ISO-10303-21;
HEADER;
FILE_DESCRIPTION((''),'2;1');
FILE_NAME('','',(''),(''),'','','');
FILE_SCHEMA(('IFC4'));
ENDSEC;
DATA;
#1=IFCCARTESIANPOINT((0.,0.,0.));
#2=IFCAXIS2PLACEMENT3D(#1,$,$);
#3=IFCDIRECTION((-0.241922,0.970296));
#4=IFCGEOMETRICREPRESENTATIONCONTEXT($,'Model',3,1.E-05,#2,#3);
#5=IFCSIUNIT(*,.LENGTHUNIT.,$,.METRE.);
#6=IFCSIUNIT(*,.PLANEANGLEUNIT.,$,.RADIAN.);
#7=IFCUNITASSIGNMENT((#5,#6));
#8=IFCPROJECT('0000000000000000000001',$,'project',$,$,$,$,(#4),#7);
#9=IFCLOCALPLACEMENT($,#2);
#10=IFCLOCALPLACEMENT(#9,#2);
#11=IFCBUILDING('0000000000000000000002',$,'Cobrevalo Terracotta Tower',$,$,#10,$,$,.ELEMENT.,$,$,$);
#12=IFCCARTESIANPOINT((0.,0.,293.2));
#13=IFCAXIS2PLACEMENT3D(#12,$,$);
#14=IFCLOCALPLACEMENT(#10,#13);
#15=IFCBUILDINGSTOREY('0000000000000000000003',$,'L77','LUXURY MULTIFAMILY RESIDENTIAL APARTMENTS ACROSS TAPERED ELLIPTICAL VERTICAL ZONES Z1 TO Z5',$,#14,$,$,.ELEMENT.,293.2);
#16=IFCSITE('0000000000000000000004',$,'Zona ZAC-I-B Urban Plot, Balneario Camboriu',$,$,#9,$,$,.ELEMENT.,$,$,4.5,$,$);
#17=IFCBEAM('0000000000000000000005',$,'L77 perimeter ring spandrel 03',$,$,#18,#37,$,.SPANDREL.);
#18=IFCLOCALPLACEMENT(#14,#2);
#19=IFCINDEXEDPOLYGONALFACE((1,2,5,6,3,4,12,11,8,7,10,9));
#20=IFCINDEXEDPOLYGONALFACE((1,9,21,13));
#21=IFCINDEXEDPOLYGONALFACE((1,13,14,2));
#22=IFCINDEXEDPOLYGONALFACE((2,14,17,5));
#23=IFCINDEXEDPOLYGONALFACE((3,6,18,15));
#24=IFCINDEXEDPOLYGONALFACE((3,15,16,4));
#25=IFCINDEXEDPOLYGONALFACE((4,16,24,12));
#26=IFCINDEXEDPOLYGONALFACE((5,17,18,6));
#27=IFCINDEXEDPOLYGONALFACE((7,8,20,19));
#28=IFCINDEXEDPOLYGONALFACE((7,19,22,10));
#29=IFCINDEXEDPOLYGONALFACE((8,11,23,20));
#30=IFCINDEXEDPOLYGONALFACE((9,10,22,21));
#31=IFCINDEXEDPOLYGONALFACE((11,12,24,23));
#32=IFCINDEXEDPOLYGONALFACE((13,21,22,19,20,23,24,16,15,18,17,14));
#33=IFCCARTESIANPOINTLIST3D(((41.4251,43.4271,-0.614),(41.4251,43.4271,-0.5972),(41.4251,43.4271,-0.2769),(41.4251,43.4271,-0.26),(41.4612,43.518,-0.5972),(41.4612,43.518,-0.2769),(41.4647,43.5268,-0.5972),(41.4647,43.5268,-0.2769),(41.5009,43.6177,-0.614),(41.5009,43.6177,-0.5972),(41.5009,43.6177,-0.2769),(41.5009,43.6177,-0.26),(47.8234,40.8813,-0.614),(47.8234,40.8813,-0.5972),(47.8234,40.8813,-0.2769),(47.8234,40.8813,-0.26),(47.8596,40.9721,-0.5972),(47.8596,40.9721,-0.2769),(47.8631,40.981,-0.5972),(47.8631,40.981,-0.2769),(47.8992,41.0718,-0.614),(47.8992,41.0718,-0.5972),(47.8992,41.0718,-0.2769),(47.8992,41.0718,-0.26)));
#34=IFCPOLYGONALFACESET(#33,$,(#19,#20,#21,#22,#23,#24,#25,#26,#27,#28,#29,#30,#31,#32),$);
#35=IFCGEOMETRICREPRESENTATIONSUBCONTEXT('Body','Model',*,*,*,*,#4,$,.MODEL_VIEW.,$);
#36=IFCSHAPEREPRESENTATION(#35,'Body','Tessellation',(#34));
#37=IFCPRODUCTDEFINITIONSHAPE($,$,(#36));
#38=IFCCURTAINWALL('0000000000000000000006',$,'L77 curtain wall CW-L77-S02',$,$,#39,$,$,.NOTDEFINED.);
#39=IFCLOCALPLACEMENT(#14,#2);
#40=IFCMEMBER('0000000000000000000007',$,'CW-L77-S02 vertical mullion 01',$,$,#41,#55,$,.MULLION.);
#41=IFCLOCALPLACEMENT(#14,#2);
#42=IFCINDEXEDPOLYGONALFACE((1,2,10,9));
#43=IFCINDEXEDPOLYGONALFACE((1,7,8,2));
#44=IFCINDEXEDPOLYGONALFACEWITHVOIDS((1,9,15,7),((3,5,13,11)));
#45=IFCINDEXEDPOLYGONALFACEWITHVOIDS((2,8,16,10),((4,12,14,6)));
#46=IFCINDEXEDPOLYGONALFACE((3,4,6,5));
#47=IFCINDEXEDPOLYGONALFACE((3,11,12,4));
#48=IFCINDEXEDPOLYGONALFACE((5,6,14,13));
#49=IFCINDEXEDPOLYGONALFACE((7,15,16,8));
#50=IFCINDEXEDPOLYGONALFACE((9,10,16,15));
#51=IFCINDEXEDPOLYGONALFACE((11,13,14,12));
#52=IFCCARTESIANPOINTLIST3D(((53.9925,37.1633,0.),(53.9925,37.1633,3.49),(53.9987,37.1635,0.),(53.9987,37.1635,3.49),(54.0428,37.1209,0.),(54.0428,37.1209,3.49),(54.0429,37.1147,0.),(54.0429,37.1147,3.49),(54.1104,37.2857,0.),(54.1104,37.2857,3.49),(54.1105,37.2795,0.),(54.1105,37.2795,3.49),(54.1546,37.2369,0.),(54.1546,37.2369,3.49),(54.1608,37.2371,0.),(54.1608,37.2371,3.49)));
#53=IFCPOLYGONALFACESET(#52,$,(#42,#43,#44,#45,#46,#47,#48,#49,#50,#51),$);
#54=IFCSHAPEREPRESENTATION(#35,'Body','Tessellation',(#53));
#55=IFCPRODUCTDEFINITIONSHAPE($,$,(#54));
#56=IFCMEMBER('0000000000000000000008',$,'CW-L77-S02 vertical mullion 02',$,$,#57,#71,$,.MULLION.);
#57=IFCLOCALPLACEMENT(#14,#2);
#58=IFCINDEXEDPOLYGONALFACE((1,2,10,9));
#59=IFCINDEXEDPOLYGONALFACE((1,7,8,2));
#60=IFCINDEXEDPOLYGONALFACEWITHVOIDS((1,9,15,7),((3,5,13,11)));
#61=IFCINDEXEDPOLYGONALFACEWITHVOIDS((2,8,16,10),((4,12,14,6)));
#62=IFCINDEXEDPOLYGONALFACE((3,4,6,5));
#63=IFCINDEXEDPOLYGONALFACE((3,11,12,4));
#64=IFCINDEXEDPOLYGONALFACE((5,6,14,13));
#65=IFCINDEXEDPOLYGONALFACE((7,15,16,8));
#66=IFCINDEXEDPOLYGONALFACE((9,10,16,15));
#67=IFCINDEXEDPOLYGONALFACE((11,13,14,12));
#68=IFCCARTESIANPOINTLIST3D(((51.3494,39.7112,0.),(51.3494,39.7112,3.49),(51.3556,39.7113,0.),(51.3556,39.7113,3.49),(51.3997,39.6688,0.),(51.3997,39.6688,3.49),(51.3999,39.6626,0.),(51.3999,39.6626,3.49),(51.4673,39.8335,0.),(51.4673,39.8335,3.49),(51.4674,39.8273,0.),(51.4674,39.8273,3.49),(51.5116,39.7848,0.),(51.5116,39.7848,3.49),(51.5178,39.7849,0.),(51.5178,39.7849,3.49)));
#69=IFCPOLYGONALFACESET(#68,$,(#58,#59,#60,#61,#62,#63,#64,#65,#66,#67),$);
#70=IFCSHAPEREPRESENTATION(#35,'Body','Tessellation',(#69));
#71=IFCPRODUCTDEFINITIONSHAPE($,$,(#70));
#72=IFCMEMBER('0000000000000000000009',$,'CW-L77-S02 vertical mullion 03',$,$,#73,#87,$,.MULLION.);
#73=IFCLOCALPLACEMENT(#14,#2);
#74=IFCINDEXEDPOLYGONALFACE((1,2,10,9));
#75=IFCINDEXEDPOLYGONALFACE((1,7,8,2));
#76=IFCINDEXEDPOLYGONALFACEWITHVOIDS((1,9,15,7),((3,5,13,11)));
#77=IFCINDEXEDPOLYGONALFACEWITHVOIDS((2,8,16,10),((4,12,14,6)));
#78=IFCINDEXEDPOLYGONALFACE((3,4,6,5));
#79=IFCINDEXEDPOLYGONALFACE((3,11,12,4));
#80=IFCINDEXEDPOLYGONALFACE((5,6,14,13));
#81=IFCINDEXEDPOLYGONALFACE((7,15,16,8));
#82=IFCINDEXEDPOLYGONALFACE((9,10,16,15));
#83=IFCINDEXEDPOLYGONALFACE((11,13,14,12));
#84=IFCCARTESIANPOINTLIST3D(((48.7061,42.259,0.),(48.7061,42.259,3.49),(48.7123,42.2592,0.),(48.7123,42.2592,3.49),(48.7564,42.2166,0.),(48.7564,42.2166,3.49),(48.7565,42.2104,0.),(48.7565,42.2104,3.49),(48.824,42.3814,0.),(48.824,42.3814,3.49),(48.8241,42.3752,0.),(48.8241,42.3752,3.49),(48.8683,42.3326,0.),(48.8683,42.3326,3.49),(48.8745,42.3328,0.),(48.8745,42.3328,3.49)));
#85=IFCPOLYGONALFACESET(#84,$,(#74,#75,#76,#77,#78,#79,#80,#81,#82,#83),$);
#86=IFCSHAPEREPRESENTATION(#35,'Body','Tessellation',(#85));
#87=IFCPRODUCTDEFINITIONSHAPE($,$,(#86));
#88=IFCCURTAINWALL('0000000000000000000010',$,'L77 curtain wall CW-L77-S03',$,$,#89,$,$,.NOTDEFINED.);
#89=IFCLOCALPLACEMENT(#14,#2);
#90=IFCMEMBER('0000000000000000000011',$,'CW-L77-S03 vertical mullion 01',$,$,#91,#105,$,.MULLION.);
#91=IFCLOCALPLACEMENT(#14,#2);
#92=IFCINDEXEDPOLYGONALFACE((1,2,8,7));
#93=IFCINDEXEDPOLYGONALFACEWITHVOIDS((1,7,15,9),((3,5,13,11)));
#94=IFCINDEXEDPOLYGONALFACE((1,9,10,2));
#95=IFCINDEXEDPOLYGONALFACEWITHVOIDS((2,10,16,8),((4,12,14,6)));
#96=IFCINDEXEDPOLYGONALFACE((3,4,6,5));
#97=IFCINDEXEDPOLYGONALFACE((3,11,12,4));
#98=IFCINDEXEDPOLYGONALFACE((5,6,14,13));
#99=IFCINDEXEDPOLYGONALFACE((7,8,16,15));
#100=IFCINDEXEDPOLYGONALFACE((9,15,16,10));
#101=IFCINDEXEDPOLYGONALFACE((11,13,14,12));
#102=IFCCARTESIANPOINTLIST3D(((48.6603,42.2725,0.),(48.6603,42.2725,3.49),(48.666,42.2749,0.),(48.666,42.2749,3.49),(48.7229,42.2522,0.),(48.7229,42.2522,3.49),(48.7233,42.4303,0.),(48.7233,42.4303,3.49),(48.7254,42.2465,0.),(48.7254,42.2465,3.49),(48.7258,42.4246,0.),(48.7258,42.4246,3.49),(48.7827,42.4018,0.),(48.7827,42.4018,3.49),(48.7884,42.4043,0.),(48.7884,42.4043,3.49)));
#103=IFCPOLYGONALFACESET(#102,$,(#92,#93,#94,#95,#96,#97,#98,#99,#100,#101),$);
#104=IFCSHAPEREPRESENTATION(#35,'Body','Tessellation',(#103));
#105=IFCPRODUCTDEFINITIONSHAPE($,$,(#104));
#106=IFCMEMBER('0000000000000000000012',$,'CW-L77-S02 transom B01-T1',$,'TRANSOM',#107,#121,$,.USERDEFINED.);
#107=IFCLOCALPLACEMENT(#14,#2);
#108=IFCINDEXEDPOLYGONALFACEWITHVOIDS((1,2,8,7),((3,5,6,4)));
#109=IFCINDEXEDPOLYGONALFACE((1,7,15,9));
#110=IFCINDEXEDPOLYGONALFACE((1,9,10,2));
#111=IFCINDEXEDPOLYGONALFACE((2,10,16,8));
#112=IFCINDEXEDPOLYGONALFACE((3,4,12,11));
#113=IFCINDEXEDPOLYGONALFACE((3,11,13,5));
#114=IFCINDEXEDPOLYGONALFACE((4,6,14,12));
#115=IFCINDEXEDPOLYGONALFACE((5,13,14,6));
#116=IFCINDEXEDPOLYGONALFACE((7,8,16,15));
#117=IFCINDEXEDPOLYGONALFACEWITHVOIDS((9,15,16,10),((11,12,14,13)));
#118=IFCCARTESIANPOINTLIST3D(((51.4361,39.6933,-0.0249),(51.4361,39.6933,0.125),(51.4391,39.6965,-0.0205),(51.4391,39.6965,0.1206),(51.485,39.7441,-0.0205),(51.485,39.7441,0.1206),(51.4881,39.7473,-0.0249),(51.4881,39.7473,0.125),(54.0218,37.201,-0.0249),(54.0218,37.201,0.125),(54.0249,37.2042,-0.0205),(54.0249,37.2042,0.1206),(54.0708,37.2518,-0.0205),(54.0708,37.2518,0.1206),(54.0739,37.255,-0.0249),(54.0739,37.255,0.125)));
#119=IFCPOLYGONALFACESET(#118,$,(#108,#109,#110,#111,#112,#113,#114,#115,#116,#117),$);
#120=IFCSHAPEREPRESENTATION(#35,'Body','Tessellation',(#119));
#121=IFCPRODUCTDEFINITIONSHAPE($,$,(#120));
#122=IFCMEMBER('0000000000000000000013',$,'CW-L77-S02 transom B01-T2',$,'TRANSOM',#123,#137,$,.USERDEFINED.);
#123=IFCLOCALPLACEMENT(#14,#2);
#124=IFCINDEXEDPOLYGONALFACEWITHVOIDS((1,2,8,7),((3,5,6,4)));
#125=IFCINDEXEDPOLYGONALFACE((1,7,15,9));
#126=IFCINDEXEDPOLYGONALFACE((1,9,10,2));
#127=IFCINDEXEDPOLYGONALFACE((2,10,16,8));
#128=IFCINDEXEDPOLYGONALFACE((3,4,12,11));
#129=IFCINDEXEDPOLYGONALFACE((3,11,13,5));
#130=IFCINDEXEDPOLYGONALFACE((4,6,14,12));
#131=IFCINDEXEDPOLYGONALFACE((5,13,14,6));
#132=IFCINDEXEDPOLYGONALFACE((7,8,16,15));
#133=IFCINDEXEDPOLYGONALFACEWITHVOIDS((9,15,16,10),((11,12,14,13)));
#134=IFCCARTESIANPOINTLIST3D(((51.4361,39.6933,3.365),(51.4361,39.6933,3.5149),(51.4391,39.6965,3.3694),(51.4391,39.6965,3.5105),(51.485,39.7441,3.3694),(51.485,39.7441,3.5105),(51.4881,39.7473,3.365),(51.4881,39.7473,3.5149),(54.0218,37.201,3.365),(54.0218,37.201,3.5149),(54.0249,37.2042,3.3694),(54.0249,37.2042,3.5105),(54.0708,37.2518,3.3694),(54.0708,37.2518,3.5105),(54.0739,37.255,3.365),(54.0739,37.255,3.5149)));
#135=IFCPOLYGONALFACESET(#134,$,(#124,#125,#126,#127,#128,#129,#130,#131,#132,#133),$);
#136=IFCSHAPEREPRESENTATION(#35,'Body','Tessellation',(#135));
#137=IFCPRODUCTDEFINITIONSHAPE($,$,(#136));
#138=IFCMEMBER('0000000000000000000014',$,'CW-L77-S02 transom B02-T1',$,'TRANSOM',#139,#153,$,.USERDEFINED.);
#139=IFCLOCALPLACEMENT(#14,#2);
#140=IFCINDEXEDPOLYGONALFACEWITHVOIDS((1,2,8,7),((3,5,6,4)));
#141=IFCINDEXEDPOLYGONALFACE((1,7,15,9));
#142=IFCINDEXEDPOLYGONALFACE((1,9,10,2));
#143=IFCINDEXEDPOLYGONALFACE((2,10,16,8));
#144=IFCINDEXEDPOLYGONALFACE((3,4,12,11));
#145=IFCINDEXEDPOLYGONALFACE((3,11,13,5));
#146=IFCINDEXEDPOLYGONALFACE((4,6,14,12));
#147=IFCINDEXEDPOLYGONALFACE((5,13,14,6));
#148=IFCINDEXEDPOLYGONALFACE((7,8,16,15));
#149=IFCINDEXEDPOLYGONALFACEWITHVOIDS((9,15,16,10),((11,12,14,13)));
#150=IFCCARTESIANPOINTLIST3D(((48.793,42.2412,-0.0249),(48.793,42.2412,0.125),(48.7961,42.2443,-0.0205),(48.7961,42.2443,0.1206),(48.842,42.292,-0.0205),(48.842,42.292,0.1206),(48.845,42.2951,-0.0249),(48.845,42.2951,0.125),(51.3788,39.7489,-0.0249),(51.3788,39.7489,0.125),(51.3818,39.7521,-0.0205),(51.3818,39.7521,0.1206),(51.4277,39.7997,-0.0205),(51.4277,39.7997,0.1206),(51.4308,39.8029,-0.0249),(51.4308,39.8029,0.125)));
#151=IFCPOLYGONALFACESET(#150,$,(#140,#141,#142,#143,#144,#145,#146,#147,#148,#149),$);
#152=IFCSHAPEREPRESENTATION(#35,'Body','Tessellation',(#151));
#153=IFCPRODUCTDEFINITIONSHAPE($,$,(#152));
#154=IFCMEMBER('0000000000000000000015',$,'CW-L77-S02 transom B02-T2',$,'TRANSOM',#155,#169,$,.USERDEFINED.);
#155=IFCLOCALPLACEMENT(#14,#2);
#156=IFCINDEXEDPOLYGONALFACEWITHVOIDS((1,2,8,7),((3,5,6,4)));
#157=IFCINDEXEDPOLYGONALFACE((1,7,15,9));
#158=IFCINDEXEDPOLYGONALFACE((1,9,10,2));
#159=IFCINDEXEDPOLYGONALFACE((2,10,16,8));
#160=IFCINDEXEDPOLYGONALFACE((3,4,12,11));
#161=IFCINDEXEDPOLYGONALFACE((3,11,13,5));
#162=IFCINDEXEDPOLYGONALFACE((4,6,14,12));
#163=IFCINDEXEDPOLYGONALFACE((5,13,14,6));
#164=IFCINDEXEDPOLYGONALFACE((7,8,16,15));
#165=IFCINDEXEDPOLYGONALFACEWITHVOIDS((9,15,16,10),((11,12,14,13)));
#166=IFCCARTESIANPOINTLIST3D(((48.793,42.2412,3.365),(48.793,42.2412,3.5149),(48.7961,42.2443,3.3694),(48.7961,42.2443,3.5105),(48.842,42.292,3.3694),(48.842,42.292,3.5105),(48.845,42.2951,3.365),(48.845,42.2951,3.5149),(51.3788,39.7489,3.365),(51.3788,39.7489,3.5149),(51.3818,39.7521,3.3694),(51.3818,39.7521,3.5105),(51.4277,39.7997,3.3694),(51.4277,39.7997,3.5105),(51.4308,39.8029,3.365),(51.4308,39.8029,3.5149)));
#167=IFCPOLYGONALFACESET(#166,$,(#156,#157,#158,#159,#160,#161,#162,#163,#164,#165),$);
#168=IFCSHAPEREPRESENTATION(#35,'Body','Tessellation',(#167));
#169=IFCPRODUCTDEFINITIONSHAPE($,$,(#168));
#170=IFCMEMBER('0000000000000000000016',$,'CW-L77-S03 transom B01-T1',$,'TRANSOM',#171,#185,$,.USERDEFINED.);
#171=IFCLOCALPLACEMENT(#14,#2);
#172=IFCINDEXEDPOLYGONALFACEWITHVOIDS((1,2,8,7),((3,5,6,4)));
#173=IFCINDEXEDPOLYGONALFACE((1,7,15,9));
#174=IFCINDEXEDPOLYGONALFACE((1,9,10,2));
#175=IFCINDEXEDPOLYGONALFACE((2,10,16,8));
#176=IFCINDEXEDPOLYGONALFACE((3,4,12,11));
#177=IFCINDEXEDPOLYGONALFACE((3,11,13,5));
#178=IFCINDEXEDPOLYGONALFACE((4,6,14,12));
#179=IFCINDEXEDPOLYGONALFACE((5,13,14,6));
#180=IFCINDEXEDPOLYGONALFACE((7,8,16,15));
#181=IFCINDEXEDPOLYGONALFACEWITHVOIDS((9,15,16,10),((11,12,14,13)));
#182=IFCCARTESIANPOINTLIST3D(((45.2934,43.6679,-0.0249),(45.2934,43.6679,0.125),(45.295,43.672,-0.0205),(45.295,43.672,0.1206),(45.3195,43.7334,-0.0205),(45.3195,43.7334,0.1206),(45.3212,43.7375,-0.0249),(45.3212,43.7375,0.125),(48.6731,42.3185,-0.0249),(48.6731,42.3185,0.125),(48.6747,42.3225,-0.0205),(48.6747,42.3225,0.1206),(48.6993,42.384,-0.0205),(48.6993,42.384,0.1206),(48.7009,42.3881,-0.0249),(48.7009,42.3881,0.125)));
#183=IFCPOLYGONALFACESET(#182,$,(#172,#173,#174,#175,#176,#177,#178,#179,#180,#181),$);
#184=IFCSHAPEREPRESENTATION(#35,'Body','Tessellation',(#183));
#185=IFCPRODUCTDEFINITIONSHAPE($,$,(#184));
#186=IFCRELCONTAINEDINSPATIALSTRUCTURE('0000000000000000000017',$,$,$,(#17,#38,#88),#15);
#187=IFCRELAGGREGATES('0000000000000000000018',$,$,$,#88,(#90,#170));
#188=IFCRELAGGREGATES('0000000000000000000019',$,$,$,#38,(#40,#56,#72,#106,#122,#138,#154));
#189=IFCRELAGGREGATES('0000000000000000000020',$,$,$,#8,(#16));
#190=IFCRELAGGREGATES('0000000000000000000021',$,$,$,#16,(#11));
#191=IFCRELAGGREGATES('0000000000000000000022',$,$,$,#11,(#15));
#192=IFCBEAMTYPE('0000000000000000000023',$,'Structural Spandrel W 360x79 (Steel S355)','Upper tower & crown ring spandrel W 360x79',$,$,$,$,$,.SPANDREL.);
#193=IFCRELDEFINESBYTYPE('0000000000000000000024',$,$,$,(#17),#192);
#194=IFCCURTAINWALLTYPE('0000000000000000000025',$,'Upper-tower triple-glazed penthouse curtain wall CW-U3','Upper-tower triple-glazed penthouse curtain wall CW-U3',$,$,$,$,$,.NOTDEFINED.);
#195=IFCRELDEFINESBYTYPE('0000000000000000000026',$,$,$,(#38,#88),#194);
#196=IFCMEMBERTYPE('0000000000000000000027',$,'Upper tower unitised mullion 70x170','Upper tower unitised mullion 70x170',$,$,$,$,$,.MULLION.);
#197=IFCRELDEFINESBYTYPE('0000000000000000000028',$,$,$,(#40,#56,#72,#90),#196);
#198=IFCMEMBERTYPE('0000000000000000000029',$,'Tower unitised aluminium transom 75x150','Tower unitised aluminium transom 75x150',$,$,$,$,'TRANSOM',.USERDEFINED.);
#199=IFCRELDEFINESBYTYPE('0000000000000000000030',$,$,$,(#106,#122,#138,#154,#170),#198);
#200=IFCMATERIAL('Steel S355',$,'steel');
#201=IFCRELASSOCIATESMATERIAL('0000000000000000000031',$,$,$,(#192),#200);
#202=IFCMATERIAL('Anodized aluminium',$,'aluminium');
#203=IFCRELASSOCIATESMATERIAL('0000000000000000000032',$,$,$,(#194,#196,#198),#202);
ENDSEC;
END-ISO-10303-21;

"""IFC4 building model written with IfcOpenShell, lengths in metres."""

from ifc_helpers import new_model, si_unit, direction, frame, origin, origin_2d, place, context, subcontext, project, spatial, hollow_rectangle, i_section, extrude, source, transform, mapped, material, material_profile, profile_set, type_object, element, aggregate, save


model = new_model("IFC4")

# Units and contexts
model_context = context("Model", 3, precision=1e-05, world=origin(), true_north=direction((-0.241922, 0.970296)))
body_context = subcontext(model_context, "Body", "Model", "MODEL_VIEW")
ifc_project = project(units=[si_unit("LENGTHUNIT", "METRE"), si_unit("PLANEANGLEUNIT", "RADIAN")], contexts=[model_context])

# Site, building, storey
site_placement = place(None, origin())
site = spatial("IfcSite", under=ifc_project, at=site_placement, Name="Zona ZAC-I-B Urban Plot, Balneario Camboriu", CompositionType="ELEMENT", RefElevation=4.5)
building_placement = place(site_placement, origin())
building = spatial("IfcBuilding", under=site, at=building_placement, Name="Cobrevalo Terracotta Tower", CompositionType="ELEMENT")
storey_placement = place(building_placement, frame((0.0, 0.0, 293.2)))
storey = spatial("IfcBuildingStorey", under=building, at=storey_placement, Name="L77", Description="LUXURY MULTIFAMILY RESIDENTIAL APARTMENTS ACROSS TAPERED ELLIPTICAL VERTICAL ZONES Z1 TO Z5", CompositionType="ELEMENT", Elevation=293.2)

# Shared definitions
ifc_material_1 = material(Name="Steel S355", Category="steel")

# Beam
ifc_material_profile_1 = material_profile(ifc_material_1, i_section(OverallWidth=0.2051, OverallDepth=0.354, WebThickness=0.0095, FlangeThickness=0.0168, at=origin_2d()), Name="W 360x79")
ifc_profile_set_1 = profile_set([ifc_material_profile_1], Name="Steel S355")
beam_type_1 = type_object("IfcBeamType", Name="Structural Spandrel W 360x79 (Steel S355)", Description="Upper tower & crown ring spandrel W 360x79", PredefinedType="SPANDREL", material=ifc_profile_set_1)
beam_1_placement = place(storey_placement, frame((47.8613, 40.9766, -0.437), z_axis=(-0.92915, 0.369703, 0.0), x_axis=(-0.369703, -0.92915, 0.0)))
element("IfcBeam", 1, at=beam_1_placement, inside=storey, type_object=beam_type_1, Name="L77 perimeter ring spandrel 03", PredefinedType="SPANDREL", context=body_context, shape_type="SweptSolid", body=[
    extrude(i_section(OverallWidth=0.2051, OverallDepth=0.354, WebThickness=0.0095, FlangeThickness=0.0168, at=origin_2d()), origin(), (0.0, 0.0, 1.0), 6.8862),
])

# Curtain wall, members
ifc_material_2 = material(Name="Anodized aluminium", Category="aluminium")
curtain_wall_type = type_object("IfcCurtainWallType", Name="Upper-tower triple-glazed penthouse curtain wall CW-U3", Description="Upper-tower triple-glazed penthouse curtain wall CW-U3", PredefinedType="NOTDEFINED", material=ifc_material_2)
curtain_wall_1_placement = place(storey_placement, origin())
curtain_wall_1 = element("IfcCurtainWall", 2, at=curtain_wall_1_placement, inside=storey, type_object=curtain_wall_type, Name="L77 curtain wall CW-L77-S02", PredefinedType="NOTDEFINED")
ifc_material_profile_2 = material_profile(ifc_material_2, hollow_rectangle(XDim=0.0701, YDim=0.1699, WallThickness=0.0044, at=origin_2d()), Name="CWM 70x170")
ifc_profile_set_2 = profile_set([ifc_material_profile_2], Name="Anodized aluminium")
member_type_1 = type_object("IfcMemberType", Name="Upper tower unitised mullion 70x170", Description="Upper tower unitised mullion 70x170", PredefinedType="MULLION", material=ifc_profile_set_2)
shared_shape_1 = source(origin(), body_context, "Body", "SweptSolid", [
    extrude(hollow_rectangle(XDim=0.0701, YDim=0.1699, WallThickness=0.0044, at=origin_2d()), origin(), (0.0, 0.0, 1.0), 3.49),
])
member_1_placement = place(storey_placement, frame((54.0767, 37.2002, 0.0), z_axis=(0.0, 0.0, 1.0), x_axis=(-0.719994, 0.69398, 0.0)))
member_1 = element("IfcMember", 3, at=member_1_placement, type_object=member_type_1, Name="CW-L77-S02 vertical mullion 01", PredefinedType="MULLION", context=body_context, shape_type="MappedRepresentation", body=[
    mapped(shared_shape_1, transform((0.0, 0.0, 0.0), scale=1.0)),
])
member_2_placement = place(storey_placement, frame((51.4336, 39.748, 0.0), z_axis=(0.0, 0.0, 1.0), x_axis=(-0.719994, 0.69398, 0.0)))
member_2 = element("IfcMember", 4, at=member_2_placement, type_object=member_type_1, Name="CW-L77-S02 vertical mullion 02", PredefinedType="MULLION", context=body_context, shape_type="MappedRepresentation", body=[
    mapped(shared_shape_1, transform((0.0, 0.0, 0.0), scale=1.0)),
])
member_3_placement = place(storey_placement, frame((48.7903, 42.2959, 0.0), z_axis=(0.0, 0.0, 1.0), x_axis=(-0.719994, 0.69398, 0.0)))
member_3 = element("IfcMember", 5, at=member_3_placement, type_object=member_type_1, Name="CW-L77-S02 vertical mullion 03", PredefinedType="MULLION", context=body_context, shape_type="MappedRepresentation", body=[
    mapped(shared_shape_1, transform((0.0, 0.0, 0.0), scale=1.0)),
])

# Curtain wall, member
curtain_wall_2_placement = place(storey_placement, origin())
curtain_wall_2 = element("IfcCurtainWall", 6, at=curtain_wall_2_placement, inside=storey, type_object=curtain_wall_type, Name="L77 curtain wall CW-L77-S03", PredefinedType="NOTDEFINED")
member_4_placement = place(storey_placement, frame((48.7244, 42.3384, 0.0), z_axis=(0.0, 0.0, 1.0), x_axis=(-0.928719, 0.370784, 0.0)))
member_4 = element("IfcMember", 7, at=member_4_placement, type_object=member_type_1, Name="CW-L77-S03 vertical mullion 01", PredefinedType="MULLION", context=body_context, shape_type="MappedRepresentation", body=[
    mapped(shared_shape_1, transform((0.0, 0.0, 0.0), scale=1.0)),
])

# Members
ifc_material_profile_3 = material_profile(ifc_material_2, hollow_rectangle(XDim=0.075, YDim=0.1499, WallThickness=0.0044, at=origin_2d()), Name="CWT 75x150")
ifc_profile_set_3 = profile_set([ifc_material_profile_3], Name="Anodized aluminium")
member_type_2 = type_object("IfcMemberType", Name="Tower unitised aluminium transom 75x150", Description="Tower unitised aluminium transom 75x150", ElementType="TRANSOM", PredefinedType="USERDEFINED", material=ifc_profile_set_3)
shared_shape_2 = source(origin(), body_context, "Body", "SweptSolid", [
    extrude(hollow_rectangle(XDim=0.075, YDim=0.1499, WallThickness=0.0044, at=origin_2d()), origin(), (0.0, 0.0, 1.0), 3.5913),
])
member_5_placement = place(storey_placement, frame((54.0479, 37.228, 0.05), z_axis=(-0.720006, 0.693968, 0.0), x_axis=(-0.693968, -0.720006, 0.0)))
member_5 = element("IfcMember", 8, at=member_5_placement, type_object=member_type_2, Name="CW-L77-S02 transom B01-T1", ObjectType="TRANSOM", PredefinedType="USERDEFINED", context=body_context, shape_type="MappedRepresentation", body=[
    mapped(shared_shape_2, transform((0.0, 0.0, 0.0), scale=1.0)),
])
member_6_placement = place(storey_placement, frame((54.0479, 37.228, 3.4399), z_axis=(-0.720006, 0.693968, 0.0), x_axis=(-0.693968, -0.720006, 0.0)))
member_6 = element("IfcMember", 9, at=member_6_placement, type_object=member_type_2, Name="CW-L77-S02 transom B01-T2", ObjectType="TRANSOM", PredefinedType="USERDEFINED", context=body_context, shape_type="MappedRepresentation", body=[
    mapped(shared_shape_2, transform((0.0, 0.0, 0.0), scale=1.0)),
])
member_7_placement = place(storey_placement, frame((51.4048, 39.7759, 0.05), z_axis=(-0.720006, 0.693968, 0.0), x_axis=(-0.693968, -0.720006, 0.0)))
member_7 = element("IfcMember", 10, at=member_7_placement, type_object=member_type_2, Name="CW-L77-S02 transom B02-T1", ObjectType="TRANSOM", PredefinedType="USERDEFINED", context=body_context, shape_type="MappedRepresentation", body=[
    mapped(shared_shape_2, transform((0.0, 0.0, 0.0), scale=1.0)),
])
member_8_placement = place(storey_placement, frame((51.4048, 39.7759, 3.4399), z_axis=(-0.720006, 0.693968, 0.0), x_axis=(-0.693968, -0.720006, 0.0)))
member_8 = element("IfcMember", 11, at=member_8_placement, type_object=member_type_2, Name="CW-L77-S02 transom B02-T2", ObjectType="TRANSOM", PredefinedType="USERDEFINED", context=body_context, shape_type="MappedRepresentation", body=[
    mapped(shared_shape_2, transform((0.0, 0.0, 0.0), scale=1.0)),
])
shared_shape_3 = source(origin(), body_context, "Body", "SweptSolid", [
    extrude(hollow_rectangle(XDim=0.075, YDim=0.1499, WallThickness=0.0044, at=origin_2d()), origin(), (0.0, 0.0, 1.0), 3.6392),
])
member_9_placement = place(storey_placement, frame((48.687, 42.3533, 0.05), z_axis=(-0.928712, 0.370801, 0.0), x_axis=(-0.370801, -0.928712, 0.0)))
member_9 = element("IfcMember", 12, at=member_9_placement, type_object=member_type_2, Name="CW-L77-S03 transom B01-T1", ObjectType="TRANSOM", PredefinedType="USERDEFINED", context=body_context, shape_type="MappedRepresentation", body=[
    mapped(shared_shape_3, transform((0.0, 0.0, 0.0), scale=1.0)),
])
aggregate(curtain_wall_2, [member_4, member_9])

aggregate(curtain_wall_1, [member_1, member_2, member_3, member_5, member_6, member_7, member_8])

save(model, "model.ifc")
